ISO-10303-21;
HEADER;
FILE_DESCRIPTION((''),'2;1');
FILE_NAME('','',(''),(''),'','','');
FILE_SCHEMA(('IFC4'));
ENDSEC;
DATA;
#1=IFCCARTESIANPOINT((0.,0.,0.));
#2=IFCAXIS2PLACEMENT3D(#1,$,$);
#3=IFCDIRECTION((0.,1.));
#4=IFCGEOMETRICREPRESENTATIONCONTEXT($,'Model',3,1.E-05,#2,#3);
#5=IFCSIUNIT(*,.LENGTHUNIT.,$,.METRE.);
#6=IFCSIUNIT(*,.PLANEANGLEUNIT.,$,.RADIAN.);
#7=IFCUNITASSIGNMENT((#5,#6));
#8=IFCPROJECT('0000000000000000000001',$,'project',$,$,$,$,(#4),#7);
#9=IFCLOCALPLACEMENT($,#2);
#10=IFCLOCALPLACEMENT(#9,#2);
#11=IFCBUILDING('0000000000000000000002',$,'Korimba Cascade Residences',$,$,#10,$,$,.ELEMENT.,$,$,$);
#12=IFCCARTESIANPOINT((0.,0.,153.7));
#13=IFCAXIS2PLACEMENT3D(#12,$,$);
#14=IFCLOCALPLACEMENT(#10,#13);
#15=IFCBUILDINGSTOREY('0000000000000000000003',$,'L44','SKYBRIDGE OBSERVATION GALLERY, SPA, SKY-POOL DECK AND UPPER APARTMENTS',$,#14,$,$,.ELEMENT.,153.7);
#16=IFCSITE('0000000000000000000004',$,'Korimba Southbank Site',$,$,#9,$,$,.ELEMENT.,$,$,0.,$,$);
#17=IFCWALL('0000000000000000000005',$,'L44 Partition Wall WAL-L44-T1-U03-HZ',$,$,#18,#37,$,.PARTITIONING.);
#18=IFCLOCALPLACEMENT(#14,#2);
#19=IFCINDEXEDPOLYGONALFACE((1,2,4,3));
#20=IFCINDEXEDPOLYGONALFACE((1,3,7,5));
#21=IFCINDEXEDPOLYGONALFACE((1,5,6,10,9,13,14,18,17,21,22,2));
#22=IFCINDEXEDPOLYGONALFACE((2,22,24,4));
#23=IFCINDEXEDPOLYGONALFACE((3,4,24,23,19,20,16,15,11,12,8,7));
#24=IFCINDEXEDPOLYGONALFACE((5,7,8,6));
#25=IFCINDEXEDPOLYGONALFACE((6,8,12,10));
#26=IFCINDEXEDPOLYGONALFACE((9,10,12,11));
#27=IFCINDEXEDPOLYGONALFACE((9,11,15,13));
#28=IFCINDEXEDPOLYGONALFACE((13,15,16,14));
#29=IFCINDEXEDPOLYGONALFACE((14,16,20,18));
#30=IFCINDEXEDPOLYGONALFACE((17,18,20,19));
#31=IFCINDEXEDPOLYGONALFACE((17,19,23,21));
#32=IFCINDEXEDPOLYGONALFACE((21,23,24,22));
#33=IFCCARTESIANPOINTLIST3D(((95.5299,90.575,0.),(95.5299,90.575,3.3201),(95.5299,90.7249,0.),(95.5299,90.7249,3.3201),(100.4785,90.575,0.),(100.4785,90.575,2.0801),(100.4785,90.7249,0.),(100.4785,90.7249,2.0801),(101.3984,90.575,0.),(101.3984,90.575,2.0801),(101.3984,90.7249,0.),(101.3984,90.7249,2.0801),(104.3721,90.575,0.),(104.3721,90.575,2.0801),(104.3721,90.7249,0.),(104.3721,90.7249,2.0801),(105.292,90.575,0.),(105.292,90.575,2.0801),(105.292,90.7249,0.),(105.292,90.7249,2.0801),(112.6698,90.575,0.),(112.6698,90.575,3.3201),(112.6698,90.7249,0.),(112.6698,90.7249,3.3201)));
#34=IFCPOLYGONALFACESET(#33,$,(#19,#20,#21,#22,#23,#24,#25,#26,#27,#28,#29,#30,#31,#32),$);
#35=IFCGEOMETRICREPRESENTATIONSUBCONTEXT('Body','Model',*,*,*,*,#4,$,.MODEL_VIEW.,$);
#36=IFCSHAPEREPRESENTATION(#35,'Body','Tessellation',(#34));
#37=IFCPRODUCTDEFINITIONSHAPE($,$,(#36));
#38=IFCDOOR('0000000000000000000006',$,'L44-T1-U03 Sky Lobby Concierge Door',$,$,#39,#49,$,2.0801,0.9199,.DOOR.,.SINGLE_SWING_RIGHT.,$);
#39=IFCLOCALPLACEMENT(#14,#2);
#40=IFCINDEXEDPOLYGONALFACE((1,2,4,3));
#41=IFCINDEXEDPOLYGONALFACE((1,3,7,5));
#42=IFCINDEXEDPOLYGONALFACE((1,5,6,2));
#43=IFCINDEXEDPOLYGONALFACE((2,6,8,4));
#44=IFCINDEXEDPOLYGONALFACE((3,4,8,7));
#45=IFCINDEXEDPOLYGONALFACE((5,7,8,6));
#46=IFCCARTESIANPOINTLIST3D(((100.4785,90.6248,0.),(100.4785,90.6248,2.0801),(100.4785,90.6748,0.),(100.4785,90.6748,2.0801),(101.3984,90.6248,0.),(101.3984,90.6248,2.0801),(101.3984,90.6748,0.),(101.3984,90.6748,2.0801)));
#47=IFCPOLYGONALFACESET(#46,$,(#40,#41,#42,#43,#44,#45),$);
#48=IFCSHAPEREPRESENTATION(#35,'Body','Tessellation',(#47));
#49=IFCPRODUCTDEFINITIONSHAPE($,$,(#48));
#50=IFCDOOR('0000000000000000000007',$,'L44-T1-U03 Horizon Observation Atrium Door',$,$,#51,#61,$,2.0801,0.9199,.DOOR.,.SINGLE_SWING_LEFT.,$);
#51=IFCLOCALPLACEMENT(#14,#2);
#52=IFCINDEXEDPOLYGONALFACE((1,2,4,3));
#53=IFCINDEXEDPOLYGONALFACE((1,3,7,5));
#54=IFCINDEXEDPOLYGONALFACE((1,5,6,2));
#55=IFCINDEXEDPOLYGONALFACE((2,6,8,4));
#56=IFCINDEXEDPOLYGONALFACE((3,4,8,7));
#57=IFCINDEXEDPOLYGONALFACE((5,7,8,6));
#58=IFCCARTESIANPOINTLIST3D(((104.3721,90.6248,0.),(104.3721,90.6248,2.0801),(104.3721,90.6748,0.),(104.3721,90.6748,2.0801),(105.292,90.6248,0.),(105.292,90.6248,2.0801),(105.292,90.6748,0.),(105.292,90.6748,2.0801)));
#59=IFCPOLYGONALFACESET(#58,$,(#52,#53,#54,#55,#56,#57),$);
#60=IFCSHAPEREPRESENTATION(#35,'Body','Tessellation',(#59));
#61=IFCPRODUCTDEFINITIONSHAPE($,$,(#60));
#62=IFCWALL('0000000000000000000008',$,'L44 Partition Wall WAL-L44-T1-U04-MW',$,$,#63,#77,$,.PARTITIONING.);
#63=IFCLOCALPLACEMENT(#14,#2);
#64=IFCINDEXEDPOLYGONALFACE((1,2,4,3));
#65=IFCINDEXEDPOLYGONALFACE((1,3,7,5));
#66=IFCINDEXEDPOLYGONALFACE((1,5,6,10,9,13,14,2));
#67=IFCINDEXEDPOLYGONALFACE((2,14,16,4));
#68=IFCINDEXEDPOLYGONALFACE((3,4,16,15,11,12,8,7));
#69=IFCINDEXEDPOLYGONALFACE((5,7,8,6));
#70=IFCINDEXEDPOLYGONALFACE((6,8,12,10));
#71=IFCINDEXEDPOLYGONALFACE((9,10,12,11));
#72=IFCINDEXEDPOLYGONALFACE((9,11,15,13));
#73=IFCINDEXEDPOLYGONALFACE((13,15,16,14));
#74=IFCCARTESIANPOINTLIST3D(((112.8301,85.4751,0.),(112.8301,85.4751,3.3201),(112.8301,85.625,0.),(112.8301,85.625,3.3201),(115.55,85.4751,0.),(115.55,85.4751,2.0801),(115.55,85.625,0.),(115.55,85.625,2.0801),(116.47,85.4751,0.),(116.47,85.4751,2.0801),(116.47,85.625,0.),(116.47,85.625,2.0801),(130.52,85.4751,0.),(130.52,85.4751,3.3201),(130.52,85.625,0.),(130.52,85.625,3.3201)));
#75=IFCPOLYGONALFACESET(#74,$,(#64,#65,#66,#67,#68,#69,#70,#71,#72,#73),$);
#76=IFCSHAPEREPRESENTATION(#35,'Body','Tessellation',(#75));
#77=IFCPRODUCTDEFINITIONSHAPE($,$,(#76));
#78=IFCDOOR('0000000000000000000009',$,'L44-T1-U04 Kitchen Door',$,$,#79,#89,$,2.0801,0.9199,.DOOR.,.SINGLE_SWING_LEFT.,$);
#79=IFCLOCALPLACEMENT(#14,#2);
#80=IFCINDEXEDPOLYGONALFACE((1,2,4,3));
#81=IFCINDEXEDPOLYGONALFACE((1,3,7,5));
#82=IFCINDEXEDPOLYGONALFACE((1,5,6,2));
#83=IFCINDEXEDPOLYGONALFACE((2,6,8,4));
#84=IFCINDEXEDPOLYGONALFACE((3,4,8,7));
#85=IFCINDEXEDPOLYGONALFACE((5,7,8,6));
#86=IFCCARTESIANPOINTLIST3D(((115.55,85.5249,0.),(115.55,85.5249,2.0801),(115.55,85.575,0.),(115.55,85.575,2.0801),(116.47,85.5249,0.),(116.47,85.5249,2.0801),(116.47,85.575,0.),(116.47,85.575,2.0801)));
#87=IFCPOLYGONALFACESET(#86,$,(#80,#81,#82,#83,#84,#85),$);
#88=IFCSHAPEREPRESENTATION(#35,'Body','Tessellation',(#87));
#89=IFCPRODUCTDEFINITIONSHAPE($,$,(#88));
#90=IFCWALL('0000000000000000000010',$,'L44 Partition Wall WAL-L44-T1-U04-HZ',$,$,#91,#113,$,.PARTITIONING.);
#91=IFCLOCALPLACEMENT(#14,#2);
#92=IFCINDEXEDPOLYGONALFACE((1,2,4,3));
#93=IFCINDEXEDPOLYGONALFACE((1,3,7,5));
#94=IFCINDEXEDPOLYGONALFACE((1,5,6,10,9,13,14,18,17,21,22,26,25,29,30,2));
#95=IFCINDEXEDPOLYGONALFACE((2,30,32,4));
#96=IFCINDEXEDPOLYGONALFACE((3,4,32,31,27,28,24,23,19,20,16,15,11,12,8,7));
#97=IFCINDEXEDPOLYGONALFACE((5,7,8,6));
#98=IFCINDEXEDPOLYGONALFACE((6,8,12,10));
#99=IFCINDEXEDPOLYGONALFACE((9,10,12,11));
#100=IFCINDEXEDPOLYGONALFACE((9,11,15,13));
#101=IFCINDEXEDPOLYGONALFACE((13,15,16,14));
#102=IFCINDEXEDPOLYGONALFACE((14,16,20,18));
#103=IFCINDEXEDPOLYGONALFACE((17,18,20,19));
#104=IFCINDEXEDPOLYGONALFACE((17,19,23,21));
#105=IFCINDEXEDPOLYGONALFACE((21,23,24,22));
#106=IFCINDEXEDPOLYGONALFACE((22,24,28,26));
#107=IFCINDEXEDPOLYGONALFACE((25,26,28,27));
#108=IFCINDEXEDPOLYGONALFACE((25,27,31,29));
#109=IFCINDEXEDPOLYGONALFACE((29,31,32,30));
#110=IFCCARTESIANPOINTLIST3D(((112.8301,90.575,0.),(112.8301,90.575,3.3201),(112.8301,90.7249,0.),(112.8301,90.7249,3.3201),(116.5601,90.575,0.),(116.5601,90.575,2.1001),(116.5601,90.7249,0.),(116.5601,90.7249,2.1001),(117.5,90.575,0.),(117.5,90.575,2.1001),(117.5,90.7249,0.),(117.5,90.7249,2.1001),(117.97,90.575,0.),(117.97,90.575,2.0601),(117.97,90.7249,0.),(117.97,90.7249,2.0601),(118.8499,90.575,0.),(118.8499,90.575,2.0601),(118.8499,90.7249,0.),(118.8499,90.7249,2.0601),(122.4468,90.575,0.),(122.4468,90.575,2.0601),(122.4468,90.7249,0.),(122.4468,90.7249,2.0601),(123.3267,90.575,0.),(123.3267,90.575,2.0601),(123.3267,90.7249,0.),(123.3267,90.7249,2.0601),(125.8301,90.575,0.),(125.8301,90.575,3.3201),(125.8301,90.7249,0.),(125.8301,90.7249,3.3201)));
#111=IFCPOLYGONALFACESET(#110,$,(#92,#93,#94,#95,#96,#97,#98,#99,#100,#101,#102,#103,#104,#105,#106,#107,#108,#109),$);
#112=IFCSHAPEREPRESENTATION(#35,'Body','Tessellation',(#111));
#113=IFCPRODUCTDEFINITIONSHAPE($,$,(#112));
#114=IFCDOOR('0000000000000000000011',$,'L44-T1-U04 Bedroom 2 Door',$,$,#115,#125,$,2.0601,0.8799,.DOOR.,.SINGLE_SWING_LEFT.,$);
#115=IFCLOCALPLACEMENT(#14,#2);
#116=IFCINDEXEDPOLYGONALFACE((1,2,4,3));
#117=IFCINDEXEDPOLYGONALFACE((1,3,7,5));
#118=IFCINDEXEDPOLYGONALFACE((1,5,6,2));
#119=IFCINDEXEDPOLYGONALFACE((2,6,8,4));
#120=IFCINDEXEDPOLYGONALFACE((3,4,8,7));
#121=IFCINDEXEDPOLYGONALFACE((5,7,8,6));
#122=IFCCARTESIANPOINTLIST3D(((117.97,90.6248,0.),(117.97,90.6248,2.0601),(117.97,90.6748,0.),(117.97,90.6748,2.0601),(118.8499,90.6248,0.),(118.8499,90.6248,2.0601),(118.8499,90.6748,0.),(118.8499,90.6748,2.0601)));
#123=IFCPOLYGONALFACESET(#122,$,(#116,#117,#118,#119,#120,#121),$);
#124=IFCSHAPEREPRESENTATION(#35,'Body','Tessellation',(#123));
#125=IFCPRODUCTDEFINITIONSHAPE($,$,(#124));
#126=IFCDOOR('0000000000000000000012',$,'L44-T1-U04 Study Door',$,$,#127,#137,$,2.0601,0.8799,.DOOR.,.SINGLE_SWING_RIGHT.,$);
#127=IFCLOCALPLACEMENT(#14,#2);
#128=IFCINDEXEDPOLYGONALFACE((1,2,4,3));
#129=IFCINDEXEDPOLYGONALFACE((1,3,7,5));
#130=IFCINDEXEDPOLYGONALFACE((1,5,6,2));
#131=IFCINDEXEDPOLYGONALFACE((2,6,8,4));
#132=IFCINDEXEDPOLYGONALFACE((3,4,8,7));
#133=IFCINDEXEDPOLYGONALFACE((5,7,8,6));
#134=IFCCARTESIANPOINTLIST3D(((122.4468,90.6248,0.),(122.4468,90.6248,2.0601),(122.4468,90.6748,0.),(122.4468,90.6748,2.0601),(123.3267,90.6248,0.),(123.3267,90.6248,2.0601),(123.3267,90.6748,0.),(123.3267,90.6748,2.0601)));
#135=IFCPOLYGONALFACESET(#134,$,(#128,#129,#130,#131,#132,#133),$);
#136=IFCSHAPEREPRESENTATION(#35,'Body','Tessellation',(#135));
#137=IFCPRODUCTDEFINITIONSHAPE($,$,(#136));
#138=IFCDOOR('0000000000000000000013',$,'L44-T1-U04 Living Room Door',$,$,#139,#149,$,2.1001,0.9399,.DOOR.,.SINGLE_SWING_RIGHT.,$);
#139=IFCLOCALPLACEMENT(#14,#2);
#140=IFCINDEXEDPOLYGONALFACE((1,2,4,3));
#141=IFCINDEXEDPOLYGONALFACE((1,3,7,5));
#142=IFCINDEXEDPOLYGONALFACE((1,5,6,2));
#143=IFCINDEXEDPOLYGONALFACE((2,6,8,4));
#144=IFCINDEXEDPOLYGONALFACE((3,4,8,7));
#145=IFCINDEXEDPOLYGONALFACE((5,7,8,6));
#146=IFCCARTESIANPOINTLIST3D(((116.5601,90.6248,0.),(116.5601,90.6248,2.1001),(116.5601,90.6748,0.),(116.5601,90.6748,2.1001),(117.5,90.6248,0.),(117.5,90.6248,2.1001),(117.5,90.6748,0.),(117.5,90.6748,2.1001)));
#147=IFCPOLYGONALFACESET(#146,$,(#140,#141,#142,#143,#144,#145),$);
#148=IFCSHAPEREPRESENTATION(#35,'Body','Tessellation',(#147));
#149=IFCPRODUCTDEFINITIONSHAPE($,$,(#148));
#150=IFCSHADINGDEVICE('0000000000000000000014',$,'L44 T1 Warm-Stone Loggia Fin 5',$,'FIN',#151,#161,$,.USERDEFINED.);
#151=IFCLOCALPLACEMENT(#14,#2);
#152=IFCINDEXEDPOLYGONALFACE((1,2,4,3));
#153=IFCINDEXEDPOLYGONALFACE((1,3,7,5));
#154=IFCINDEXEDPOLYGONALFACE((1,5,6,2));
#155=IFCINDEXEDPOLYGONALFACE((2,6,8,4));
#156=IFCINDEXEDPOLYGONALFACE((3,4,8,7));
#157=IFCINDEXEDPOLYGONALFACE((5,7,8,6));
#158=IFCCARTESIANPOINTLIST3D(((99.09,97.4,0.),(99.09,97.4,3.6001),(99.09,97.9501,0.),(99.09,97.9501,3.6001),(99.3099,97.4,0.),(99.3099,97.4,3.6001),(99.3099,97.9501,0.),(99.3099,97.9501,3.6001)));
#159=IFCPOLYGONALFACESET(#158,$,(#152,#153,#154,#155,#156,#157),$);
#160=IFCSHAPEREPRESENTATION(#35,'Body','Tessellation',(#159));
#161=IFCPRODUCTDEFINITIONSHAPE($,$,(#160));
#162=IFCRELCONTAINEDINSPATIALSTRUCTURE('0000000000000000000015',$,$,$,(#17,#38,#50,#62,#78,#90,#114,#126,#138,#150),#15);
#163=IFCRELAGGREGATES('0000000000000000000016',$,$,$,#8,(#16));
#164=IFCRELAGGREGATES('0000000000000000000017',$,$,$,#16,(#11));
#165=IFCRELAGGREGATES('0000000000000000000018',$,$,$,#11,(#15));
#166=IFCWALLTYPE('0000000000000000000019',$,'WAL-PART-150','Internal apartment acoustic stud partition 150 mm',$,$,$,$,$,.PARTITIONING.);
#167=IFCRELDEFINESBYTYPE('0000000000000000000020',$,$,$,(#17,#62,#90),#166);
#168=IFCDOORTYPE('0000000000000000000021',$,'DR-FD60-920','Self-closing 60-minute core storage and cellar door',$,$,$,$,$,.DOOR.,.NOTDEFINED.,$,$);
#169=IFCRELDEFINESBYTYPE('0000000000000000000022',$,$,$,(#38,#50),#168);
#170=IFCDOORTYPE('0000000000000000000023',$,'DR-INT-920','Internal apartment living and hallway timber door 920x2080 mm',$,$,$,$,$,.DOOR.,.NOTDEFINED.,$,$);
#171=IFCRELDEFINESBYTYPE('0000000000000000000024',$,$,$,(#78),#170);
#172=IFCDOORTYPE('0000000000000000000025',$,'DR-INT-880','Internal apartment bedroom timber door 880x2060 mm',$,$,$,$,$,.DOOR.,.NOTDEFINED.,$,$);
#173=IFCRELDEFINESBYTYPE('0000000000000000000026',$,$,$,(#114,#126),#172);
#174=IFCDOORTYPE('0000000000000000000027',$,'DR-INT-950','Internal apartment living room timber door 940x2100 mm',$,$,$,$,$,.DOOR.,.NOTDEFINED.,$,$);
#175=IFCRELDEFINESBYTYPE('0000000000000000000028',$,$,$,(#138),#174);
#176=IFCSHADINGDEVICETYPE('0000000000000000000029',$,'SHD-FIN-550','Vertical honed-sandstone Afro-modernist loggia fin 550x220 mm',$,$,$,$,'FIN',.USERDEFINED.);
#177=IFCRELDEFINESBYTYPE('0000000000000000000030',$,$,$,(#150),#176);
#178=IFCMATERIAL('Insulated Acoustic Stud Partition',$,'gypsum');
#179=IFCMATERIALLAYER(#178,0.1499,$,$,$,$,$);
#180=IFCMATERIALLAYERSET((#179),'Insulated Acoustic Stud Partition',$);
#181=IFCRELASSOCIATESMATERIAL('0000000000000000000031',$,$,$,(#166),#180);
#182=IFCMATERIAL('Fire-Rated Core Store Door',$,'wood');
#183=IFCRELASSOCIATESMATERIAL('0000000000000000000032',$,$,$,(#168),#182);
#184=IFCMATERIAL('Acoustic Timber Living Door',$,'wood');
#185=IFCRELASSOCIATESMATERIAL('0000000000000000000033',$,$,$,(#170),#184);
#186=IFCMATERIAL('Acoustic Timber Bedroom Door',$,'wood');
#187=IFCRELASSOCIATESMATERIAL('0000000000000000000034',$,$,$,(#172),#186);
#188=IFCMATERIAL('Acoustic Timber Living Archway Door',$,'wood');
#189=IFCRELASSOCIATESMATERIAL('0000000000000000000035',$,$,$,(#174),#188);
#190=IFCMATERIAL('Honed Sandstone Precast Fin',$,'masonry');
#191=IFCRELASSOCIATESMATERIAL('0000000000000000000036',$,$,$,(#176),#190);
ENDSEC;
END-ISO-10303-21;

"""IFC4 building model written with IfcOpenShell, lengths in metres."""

from ifc_helpers import new_model, si_unit, direction, frame, frame_2d, origin, origin_2d, place, context, subcontext, project, spatial, rectangle, extrude, material, layer, layer_set, type_object, element, fill, save


model = new_model("IFC4")

# Units and contexts
model_context = context("Model", 3, precision=1e-05, world=origin(), true_north=direction((0.0, 1.0)))
body_context = subcontext(model_context, "Body", "Model", "MODEL_VIEW")
ifc_project = project(units=[si_unit("LENGTHUNIT", "METRE"), si_unit("PLANEANGLEUNIT", "RADIAN")], contexts=[model_context])

# Site, building, storey
site_placement = place(None, origin())
site = spatial("IfcSite", under=ifc_project, at=site_placement, Name="Korimba Southbank Site", CompositionType="ELEMENT", RefElevation=0.0)
building_placement = place(site_placement, origin())
building = spatial("IfcBuilding", under=site, at=building_placement, Name="Korimba Cascade Residences", CompositionType="ELEMENT")
storey_placement = place(building_placement, frame((0.0, 0.0, 153.7)))
storey = spatial("IfcBuildingStorey", under=building, at=storey_placement, Name="L44", Description="SKYBRIDGE OBSERVATION GALLERY, SPA, SKY-POOL DECK AND UPPER APARTMENTS", CompositionType="ELEMENT", Elevation=153.7)

# Shared definitions
ifc_material_1 = material(Name="Insulated Acoustic Stud Partition", Category="gypsum")
ifc_layer = layer(ifc_material_1, 0.1499)
ifc_layer_set = layer_set([ifc_layer], Name="Insulated Acoustic Stud Partition")
wall_type = type_object("IfcWallType", Name="WAL-PART-150", Description="Internal apartment acoustic stud partition 150 mm", PredefinedType="PARTITIONING", material=ifc_layer_set)

# Wall, openings, doors
wall_1_placement = place(storey_placement, frame((95.53, 90.6499, 0.0), z_axis=(0.0, 0.0, 1.0), x_axis=(1.0, 0.0, 0.0)))
wall_1 = element("IfcWall", 1, at=wall_1_placement, inside=storey, type_object=wall_type, Name="L44 Partition Wall WAL-L44-T1-U03-HZ", PredefinedType="PARTITIONING", context=body_context, shape_type="SweptSolid", body=[
    extrude(rectangle(XDim=17.1399, YDim=0.1499, at=frame_2d((8.5698, 0.0))), origin(), (0.0, 0.0, 1.0), 3.3201),
])
opening_1_placement = place(wall_1_placement, frame((4.9485, 0.0, 0.0)))
opening_1 = element("IfcOpeningElement", 2, at=opening_1_placement, cuts=wall_1, PredefinedType="OPENING", context=body_context, shape_type="SweptSolid", body=[
    extrude(rectangle(XDim=0.9199, YDim=2.0801, at=frame_2d((0.46, 1.04))), frame((0.0, 0.085, 0.0), z_axis=(0.0, -1.0, 0.0), x_axis=(1.0, 0.0, 0.0)), (0.0, 0.0, 1.0), 0.1699),
])
opening_2_placement = place(wall_1_placement, frame((8.842, 0.0, 0.0)))
opening_2 = element("IfcOpeningElement", 3, at=opening_2_placement, cuts=wall_1, PredefinedType="OPENING", context=body_context, shape_type="SweptSolid", body=[
    extrude(rectangle(XDim=0.9199, YDim=2.0801, at=frame_2d((0.46, 1.04))), frame((0.0, 0.085, 0.0), z_axis=(0.0, -1.0, 0.0), x_axis=(1.0, 0.0, 0.0)), (0.0, 0.0, 1.0), 0.1699),
])
ifc_material_2 = material(Name="Fire-Rated Core Store Door", Category="wood")
door_type_1 = type_object("IfcDoorType", Name="DR-FD60-920", Description="Self-closing 60-minute core storage and cellar door", OperationType="NOTDEFINED", PredefinedType="DOOR", material=ifc_material_2)
door_1_placement = place(opening_1_placement, origin())
door_1 = element("IfcDoor", 4, at=door_1_placement, inside=storey, type_object=door_type_1, Name="L44-T1-U03 Sky Lobby Concierge Door", OperationType="SINGLE_SWING_RIGHT", OverallHeight=2.0801, OverallWidth=0.9199, PredefinedType="DOOR", context=body_context, shape_type="SweptSolid", body=[
    extrude(rectangle(XDim=0.9199, YDim=2.0801, at=frame_2d((0.46, 1.04))), frame((0.0, 0.0249, 0.0), z_axis=(0.0, -1.0, 0.0), x_axis=(1.0, 0.0, 0.0)), (0.0, 0.0, 1.0), 0.05),
])
fill(opening_1, door_1)
door_2_placement = place(opening_2_placement, origin())
door_2 = element("IfcDoor", 5, at=door_2_placement, inside=storey, type_object=door_type_1, Name="L44-T1-U03 Horizon Observation Atrium Door", OperationType="SINGLE_SWING_LEFT", OverallHeight=2.0801, OverallWidth=0.9199, PredefinedType="DOOR", context=body_context, shape_type="SweptSolid", body=[
    extrude(rectangle(XDim=0.9199, YDim=2.0801, at=frame_2d((0.46, 1.04))), frame((0.0, 0.0249, 0.0), z_axis=(0.0, -1.0, 0.0), x_axis=(1.0, 0.0, 0.0)), (0.0, 0.0, 1.0), 0.05),
])
fill(opening_2, door_2)

# Wall, opening, door
wall_2_placement = place(storey_placement, frame((112.8301, 85.55, 0.0), z_axis=(0.0, 0.0, 1.0), x_axis=(1.0, 0.0, 0.0)))
wall_2 = element("IfcWall", 6, at=wall_2_placement, inside=storey, type_object=wall_type, Name="L44 Partition Wall WAL-L44-T1-U04-MW", PredefinedType="PARTITIONING", context=body_context, shape_type="SweptSolid", body=[
    extrude(rectangle(XDim=17.6899, YDim=0.1499, at=frame_2d((8.845, 0.0))), origin(), (0.0, 0.0, 1.0), 3.3201),
])
opening_3_placement = place(wall_2_placement, frame((2.72, 0.0, 0.0)))
opening_3 = element("IfcOpeningElement", 7, at=opening_3_placement, cuts=wall_2, PredefinedType="OPENING", context=body_context, shape_type="SweptSolid", body=[
    extrude(rectangle(XDim=0.9199, YDim=2.0801, at=frame_2d((0.46, 1.04))), frame((0.0, 0.085, 0.0), z_axis=(0.0, -1.0, 0.0), x_axis=(1.0, 0.0, 0.0)), (0.0, 0.0, 1.0), 0.1699),
])
ifc_material_3 = material(Name="Acoustic Timber Living Door", Category="wood")
door_type_2 = type_object("IfcDoorType", Name="DR-INT-920", Description="Internal apartment living and hallway timber door 920x2080 mm", OperationType="NOTDEFINED", PredefinedType="DOOR", material=ifc_material_3)
door_3_placement = place(opening_3_placement, origin())
door_3 = element("IfcDoor", 8, at=door_3_placement, inside=storey, type_object=door_type_2, Name="L44-T1-U04 Kitchen Door", OperationType="SINGLE_SWING_LEFT", OverallHeight=2.0801, OverallWidth=0.9199, PredefinedType="DOOR", context=body_context, shape_type="SweptSolid", body=[
    extrude(rectangle(XDim=0.9199, YDim=2.0801, at=frame_2d((0.46, 1.04))), frame((0.0, 0.0249, 0.0), z_axis=(0.0, -1.0, 0.0), x_axis=(1.0, 0.0, 0.0)), (0.0, 0.0, 1.0), 0.05),
])
fill(opening_3, door_3)

# Wall, openings, doors
wall_3_placement = place(storey_placement, frame((112.8301, 90.6499, 0.0), z_axis=(0.0, 0.0, 1.0), x_axis=(1.0, 0.0, 0.0)))
wall_3 = element("IfcWall", 9, at=wall_3_placement, inside=storey, type_object=wall_type, Name="L44 Partition Wall WAL-L44-T1-U04-HZ", PredefinedType="PARTITIONING", context=body_context, shape_type="SweptSolid", body=[
    extrude(rectangle(XDim=13.0, YDim=0.1499, at=frame_2d((6.5, 0.0))), origin(), (0.0, 0.0, 1.0), 3.3201),
])
opening_4_placement = place(wall_3_placement, frame((3.73, 0.0, 0.0)))
opening_4 = element("IfcOpeningElement", 10, at=opening_4_placement, cuts=wall_3, PredefinedType="OPENING", context=body_context, shape_type="SweptSolid", body=[
    extrude(rectangle(XDim=0.9399, YDim=2.1001, at=frame_2d((0.47, 1.05))), frame((0.0, 0.085, 0.0), z_axis=(0.0, -1.0, 0.0), x_axis=(1.0, 0.0, 0.0)), (0.0, 0.0, 1.0), 0.1699),
])
opening_5_placement = place(wall_3_placement, frame((5.1399, 0.0, 0.0)))
opening_5 = element("IfcOpeningElement", 11, at=opening_5_placement, cuts=wall_3, PredefinedType="OPENING", context=body_context, shape_type="SweptSolid", body=[
    extrude(rectangle(XDim=0.8799, YDim=2.0601, at=frame_2d((0.4399, 1.03))), frame((0.0, 0.085, 0.0), z_axis=(0.0, -1.0, 0.0), x_axis=(1.0, 0.0, 0.0)), (0.0, 0.0, 1.0), 0.1699),
])
opening_6_placement = place(wall_3_placement, frame((9.6167, 0.0, 0.0)))
opening_6 = element("IfcOpeningElement", 12, at=opening_6_placement, cuts=wall_3, PredefinedType="OPENING", context=body_context, shape_type="SweptSolid", body=[
    extrude(rectangle(XDim=0.8799, YDim=2.0601, at=frame_2d((0.4399, 1.03))), frame((0.0, 0.085, 0.0), z_axis=(0.0, -1.0, 0.0), x_axis=(1.0, 0.0, 0.0)), (0.0, 0.0, 1.0), 0.1699),
])
ifc_material_4 = material(Name="Acoustic Timber Bedroom Door", Category="wood")
door_type_3 = type_object("IfcDoorType", Name="DR-INT-880", Description="Internal apartment bedroom timber door 880x2060 mm", OperationType="NOTDEFINED", PredefinedType="DOOR", material=ifc_material_4)
door_4_placement = place(opening_5_placement, origin())
door_4 = element("IfcDoor", 13, at=door_4_placement, inside=storey, type_object=door_type_3, Name="L44-T1-U04 Bedroom 2 Door", OperationType="SINGLE_SWING_LEFT", OverallHeight=2.0601, OverallWidth=0.8799, PredefinedType="DOOR", context=body_context, shape_type="SweptSolid", body=[
    extrude(rectangle(XDim=0.8799, YDim=2.0601, at=frame_2d((0.4399, 1.03))), frame((0.0, 0.0249, 0.0), z_axis=(0.0, -1.0, 0.0), x_axis=(1.0, 0.0, 0.0)), (0.0, 0.0, 1.0), 0.05),
])
fill(opening_5, door_4)
door_5_placement = place(opening_6_placement, origin())
door_5 = element("IfcDoor", 14, at=door_5_placement, inside=storey, type_object=door_type_3, Name="L44-T1-U04 Study Door", OperationType="SINGLE_SWING_RIGHT", OverallHeight=2.0601, OverallWidth=0.8799, PredefinedType="DOOR", context=body_context, shape_type="SweptSolid", body=[
    extrude(rectangle(XDim=0.8799, YDim=2.0601, at=frame_2d((0.4399, 1.03))), frame((0.0, 0.0249, 0.0), z_axis=(0.0, -1.0, 0.0), x_axis=(1.0, 0.0, 0.0)), (0.0, 0.0, 1.0), 0.05),
])
fill(opening_6, door_5)
ifc_material_5 = material(Name="Acoustic Timber Living Archway Door", Category="wood")
door_type_4 = type_object("IfcDoorType", Name="DR-INT-950", Description="Internal apartment living room timber door 940x2100 mm", OperationType="NOTDEFINED", PredefinedType="DOOR", material=ifc_material_5)
door_6_placement = place(opening_4_placement, origin())
door_6 = element("IfcDoor", 15, at=door_6_placement, inside=storey, type_object=door_type_4, Name="L44-T1-U04 Living Room Door", OperationType="SINGLE_SWING_RIGHT", OverallHeight=2.1001, OverallWidth=0.9399, PredefinedType="DOOR", context=body_context, shape_type="SweptSolid", body=[
    extrude(rectangle(XDim=0.9399, YDim=2.1001, at=frame_2d((0.47, 1.05))), frame((0.0, 0.0249, 0.0), z_axis=(0.0, -1.0, 0.0), x_axis=(1.0, 0.0, 0.0)), (0.0, 0.0, 1.0), 0.05),
])
fill(opening_4, door_6)

# Shading device
ifc_material_6 = material(Name="Honed Sandstone Precast Fin", Category="masonry")
shading_device_type = type_object("IfcShadingDeviceType", Name="SHD-FIN-550", Description="Vertical honed-sandstone Afro-modernist loggia fin 550x220 mm", ElementType="FIN", PredefinedType="USERDEFINED", material=ifc_material_6)
for number, where, z_axis, x_axis, name in (
    (16, (99.2, 97.675, 0.0), (0.0, 0.0, 1.0), (1.0, 0.0, 0.0), "L44 T1 Warm-Stone Loggia Fin 5"),
):
    element("IfcShadingDevice", number, at=place(storey_placement, frame(where, z_axis=z_axis, x_axis=x_axis)), inside=storey, type_object=shading_device_type, Name=name, ObjectType="FIN", PredefinedType="USERDEFINED", context=body_context, shape_type="SweptSolid", body=[
        extrude(rectangle(XDim=0.22, YDim=0.55, at=origin_2d()), origin(), (0.0, 0.0, 1.0), 3.6001),
    ])

save(model, "model.ifc")
